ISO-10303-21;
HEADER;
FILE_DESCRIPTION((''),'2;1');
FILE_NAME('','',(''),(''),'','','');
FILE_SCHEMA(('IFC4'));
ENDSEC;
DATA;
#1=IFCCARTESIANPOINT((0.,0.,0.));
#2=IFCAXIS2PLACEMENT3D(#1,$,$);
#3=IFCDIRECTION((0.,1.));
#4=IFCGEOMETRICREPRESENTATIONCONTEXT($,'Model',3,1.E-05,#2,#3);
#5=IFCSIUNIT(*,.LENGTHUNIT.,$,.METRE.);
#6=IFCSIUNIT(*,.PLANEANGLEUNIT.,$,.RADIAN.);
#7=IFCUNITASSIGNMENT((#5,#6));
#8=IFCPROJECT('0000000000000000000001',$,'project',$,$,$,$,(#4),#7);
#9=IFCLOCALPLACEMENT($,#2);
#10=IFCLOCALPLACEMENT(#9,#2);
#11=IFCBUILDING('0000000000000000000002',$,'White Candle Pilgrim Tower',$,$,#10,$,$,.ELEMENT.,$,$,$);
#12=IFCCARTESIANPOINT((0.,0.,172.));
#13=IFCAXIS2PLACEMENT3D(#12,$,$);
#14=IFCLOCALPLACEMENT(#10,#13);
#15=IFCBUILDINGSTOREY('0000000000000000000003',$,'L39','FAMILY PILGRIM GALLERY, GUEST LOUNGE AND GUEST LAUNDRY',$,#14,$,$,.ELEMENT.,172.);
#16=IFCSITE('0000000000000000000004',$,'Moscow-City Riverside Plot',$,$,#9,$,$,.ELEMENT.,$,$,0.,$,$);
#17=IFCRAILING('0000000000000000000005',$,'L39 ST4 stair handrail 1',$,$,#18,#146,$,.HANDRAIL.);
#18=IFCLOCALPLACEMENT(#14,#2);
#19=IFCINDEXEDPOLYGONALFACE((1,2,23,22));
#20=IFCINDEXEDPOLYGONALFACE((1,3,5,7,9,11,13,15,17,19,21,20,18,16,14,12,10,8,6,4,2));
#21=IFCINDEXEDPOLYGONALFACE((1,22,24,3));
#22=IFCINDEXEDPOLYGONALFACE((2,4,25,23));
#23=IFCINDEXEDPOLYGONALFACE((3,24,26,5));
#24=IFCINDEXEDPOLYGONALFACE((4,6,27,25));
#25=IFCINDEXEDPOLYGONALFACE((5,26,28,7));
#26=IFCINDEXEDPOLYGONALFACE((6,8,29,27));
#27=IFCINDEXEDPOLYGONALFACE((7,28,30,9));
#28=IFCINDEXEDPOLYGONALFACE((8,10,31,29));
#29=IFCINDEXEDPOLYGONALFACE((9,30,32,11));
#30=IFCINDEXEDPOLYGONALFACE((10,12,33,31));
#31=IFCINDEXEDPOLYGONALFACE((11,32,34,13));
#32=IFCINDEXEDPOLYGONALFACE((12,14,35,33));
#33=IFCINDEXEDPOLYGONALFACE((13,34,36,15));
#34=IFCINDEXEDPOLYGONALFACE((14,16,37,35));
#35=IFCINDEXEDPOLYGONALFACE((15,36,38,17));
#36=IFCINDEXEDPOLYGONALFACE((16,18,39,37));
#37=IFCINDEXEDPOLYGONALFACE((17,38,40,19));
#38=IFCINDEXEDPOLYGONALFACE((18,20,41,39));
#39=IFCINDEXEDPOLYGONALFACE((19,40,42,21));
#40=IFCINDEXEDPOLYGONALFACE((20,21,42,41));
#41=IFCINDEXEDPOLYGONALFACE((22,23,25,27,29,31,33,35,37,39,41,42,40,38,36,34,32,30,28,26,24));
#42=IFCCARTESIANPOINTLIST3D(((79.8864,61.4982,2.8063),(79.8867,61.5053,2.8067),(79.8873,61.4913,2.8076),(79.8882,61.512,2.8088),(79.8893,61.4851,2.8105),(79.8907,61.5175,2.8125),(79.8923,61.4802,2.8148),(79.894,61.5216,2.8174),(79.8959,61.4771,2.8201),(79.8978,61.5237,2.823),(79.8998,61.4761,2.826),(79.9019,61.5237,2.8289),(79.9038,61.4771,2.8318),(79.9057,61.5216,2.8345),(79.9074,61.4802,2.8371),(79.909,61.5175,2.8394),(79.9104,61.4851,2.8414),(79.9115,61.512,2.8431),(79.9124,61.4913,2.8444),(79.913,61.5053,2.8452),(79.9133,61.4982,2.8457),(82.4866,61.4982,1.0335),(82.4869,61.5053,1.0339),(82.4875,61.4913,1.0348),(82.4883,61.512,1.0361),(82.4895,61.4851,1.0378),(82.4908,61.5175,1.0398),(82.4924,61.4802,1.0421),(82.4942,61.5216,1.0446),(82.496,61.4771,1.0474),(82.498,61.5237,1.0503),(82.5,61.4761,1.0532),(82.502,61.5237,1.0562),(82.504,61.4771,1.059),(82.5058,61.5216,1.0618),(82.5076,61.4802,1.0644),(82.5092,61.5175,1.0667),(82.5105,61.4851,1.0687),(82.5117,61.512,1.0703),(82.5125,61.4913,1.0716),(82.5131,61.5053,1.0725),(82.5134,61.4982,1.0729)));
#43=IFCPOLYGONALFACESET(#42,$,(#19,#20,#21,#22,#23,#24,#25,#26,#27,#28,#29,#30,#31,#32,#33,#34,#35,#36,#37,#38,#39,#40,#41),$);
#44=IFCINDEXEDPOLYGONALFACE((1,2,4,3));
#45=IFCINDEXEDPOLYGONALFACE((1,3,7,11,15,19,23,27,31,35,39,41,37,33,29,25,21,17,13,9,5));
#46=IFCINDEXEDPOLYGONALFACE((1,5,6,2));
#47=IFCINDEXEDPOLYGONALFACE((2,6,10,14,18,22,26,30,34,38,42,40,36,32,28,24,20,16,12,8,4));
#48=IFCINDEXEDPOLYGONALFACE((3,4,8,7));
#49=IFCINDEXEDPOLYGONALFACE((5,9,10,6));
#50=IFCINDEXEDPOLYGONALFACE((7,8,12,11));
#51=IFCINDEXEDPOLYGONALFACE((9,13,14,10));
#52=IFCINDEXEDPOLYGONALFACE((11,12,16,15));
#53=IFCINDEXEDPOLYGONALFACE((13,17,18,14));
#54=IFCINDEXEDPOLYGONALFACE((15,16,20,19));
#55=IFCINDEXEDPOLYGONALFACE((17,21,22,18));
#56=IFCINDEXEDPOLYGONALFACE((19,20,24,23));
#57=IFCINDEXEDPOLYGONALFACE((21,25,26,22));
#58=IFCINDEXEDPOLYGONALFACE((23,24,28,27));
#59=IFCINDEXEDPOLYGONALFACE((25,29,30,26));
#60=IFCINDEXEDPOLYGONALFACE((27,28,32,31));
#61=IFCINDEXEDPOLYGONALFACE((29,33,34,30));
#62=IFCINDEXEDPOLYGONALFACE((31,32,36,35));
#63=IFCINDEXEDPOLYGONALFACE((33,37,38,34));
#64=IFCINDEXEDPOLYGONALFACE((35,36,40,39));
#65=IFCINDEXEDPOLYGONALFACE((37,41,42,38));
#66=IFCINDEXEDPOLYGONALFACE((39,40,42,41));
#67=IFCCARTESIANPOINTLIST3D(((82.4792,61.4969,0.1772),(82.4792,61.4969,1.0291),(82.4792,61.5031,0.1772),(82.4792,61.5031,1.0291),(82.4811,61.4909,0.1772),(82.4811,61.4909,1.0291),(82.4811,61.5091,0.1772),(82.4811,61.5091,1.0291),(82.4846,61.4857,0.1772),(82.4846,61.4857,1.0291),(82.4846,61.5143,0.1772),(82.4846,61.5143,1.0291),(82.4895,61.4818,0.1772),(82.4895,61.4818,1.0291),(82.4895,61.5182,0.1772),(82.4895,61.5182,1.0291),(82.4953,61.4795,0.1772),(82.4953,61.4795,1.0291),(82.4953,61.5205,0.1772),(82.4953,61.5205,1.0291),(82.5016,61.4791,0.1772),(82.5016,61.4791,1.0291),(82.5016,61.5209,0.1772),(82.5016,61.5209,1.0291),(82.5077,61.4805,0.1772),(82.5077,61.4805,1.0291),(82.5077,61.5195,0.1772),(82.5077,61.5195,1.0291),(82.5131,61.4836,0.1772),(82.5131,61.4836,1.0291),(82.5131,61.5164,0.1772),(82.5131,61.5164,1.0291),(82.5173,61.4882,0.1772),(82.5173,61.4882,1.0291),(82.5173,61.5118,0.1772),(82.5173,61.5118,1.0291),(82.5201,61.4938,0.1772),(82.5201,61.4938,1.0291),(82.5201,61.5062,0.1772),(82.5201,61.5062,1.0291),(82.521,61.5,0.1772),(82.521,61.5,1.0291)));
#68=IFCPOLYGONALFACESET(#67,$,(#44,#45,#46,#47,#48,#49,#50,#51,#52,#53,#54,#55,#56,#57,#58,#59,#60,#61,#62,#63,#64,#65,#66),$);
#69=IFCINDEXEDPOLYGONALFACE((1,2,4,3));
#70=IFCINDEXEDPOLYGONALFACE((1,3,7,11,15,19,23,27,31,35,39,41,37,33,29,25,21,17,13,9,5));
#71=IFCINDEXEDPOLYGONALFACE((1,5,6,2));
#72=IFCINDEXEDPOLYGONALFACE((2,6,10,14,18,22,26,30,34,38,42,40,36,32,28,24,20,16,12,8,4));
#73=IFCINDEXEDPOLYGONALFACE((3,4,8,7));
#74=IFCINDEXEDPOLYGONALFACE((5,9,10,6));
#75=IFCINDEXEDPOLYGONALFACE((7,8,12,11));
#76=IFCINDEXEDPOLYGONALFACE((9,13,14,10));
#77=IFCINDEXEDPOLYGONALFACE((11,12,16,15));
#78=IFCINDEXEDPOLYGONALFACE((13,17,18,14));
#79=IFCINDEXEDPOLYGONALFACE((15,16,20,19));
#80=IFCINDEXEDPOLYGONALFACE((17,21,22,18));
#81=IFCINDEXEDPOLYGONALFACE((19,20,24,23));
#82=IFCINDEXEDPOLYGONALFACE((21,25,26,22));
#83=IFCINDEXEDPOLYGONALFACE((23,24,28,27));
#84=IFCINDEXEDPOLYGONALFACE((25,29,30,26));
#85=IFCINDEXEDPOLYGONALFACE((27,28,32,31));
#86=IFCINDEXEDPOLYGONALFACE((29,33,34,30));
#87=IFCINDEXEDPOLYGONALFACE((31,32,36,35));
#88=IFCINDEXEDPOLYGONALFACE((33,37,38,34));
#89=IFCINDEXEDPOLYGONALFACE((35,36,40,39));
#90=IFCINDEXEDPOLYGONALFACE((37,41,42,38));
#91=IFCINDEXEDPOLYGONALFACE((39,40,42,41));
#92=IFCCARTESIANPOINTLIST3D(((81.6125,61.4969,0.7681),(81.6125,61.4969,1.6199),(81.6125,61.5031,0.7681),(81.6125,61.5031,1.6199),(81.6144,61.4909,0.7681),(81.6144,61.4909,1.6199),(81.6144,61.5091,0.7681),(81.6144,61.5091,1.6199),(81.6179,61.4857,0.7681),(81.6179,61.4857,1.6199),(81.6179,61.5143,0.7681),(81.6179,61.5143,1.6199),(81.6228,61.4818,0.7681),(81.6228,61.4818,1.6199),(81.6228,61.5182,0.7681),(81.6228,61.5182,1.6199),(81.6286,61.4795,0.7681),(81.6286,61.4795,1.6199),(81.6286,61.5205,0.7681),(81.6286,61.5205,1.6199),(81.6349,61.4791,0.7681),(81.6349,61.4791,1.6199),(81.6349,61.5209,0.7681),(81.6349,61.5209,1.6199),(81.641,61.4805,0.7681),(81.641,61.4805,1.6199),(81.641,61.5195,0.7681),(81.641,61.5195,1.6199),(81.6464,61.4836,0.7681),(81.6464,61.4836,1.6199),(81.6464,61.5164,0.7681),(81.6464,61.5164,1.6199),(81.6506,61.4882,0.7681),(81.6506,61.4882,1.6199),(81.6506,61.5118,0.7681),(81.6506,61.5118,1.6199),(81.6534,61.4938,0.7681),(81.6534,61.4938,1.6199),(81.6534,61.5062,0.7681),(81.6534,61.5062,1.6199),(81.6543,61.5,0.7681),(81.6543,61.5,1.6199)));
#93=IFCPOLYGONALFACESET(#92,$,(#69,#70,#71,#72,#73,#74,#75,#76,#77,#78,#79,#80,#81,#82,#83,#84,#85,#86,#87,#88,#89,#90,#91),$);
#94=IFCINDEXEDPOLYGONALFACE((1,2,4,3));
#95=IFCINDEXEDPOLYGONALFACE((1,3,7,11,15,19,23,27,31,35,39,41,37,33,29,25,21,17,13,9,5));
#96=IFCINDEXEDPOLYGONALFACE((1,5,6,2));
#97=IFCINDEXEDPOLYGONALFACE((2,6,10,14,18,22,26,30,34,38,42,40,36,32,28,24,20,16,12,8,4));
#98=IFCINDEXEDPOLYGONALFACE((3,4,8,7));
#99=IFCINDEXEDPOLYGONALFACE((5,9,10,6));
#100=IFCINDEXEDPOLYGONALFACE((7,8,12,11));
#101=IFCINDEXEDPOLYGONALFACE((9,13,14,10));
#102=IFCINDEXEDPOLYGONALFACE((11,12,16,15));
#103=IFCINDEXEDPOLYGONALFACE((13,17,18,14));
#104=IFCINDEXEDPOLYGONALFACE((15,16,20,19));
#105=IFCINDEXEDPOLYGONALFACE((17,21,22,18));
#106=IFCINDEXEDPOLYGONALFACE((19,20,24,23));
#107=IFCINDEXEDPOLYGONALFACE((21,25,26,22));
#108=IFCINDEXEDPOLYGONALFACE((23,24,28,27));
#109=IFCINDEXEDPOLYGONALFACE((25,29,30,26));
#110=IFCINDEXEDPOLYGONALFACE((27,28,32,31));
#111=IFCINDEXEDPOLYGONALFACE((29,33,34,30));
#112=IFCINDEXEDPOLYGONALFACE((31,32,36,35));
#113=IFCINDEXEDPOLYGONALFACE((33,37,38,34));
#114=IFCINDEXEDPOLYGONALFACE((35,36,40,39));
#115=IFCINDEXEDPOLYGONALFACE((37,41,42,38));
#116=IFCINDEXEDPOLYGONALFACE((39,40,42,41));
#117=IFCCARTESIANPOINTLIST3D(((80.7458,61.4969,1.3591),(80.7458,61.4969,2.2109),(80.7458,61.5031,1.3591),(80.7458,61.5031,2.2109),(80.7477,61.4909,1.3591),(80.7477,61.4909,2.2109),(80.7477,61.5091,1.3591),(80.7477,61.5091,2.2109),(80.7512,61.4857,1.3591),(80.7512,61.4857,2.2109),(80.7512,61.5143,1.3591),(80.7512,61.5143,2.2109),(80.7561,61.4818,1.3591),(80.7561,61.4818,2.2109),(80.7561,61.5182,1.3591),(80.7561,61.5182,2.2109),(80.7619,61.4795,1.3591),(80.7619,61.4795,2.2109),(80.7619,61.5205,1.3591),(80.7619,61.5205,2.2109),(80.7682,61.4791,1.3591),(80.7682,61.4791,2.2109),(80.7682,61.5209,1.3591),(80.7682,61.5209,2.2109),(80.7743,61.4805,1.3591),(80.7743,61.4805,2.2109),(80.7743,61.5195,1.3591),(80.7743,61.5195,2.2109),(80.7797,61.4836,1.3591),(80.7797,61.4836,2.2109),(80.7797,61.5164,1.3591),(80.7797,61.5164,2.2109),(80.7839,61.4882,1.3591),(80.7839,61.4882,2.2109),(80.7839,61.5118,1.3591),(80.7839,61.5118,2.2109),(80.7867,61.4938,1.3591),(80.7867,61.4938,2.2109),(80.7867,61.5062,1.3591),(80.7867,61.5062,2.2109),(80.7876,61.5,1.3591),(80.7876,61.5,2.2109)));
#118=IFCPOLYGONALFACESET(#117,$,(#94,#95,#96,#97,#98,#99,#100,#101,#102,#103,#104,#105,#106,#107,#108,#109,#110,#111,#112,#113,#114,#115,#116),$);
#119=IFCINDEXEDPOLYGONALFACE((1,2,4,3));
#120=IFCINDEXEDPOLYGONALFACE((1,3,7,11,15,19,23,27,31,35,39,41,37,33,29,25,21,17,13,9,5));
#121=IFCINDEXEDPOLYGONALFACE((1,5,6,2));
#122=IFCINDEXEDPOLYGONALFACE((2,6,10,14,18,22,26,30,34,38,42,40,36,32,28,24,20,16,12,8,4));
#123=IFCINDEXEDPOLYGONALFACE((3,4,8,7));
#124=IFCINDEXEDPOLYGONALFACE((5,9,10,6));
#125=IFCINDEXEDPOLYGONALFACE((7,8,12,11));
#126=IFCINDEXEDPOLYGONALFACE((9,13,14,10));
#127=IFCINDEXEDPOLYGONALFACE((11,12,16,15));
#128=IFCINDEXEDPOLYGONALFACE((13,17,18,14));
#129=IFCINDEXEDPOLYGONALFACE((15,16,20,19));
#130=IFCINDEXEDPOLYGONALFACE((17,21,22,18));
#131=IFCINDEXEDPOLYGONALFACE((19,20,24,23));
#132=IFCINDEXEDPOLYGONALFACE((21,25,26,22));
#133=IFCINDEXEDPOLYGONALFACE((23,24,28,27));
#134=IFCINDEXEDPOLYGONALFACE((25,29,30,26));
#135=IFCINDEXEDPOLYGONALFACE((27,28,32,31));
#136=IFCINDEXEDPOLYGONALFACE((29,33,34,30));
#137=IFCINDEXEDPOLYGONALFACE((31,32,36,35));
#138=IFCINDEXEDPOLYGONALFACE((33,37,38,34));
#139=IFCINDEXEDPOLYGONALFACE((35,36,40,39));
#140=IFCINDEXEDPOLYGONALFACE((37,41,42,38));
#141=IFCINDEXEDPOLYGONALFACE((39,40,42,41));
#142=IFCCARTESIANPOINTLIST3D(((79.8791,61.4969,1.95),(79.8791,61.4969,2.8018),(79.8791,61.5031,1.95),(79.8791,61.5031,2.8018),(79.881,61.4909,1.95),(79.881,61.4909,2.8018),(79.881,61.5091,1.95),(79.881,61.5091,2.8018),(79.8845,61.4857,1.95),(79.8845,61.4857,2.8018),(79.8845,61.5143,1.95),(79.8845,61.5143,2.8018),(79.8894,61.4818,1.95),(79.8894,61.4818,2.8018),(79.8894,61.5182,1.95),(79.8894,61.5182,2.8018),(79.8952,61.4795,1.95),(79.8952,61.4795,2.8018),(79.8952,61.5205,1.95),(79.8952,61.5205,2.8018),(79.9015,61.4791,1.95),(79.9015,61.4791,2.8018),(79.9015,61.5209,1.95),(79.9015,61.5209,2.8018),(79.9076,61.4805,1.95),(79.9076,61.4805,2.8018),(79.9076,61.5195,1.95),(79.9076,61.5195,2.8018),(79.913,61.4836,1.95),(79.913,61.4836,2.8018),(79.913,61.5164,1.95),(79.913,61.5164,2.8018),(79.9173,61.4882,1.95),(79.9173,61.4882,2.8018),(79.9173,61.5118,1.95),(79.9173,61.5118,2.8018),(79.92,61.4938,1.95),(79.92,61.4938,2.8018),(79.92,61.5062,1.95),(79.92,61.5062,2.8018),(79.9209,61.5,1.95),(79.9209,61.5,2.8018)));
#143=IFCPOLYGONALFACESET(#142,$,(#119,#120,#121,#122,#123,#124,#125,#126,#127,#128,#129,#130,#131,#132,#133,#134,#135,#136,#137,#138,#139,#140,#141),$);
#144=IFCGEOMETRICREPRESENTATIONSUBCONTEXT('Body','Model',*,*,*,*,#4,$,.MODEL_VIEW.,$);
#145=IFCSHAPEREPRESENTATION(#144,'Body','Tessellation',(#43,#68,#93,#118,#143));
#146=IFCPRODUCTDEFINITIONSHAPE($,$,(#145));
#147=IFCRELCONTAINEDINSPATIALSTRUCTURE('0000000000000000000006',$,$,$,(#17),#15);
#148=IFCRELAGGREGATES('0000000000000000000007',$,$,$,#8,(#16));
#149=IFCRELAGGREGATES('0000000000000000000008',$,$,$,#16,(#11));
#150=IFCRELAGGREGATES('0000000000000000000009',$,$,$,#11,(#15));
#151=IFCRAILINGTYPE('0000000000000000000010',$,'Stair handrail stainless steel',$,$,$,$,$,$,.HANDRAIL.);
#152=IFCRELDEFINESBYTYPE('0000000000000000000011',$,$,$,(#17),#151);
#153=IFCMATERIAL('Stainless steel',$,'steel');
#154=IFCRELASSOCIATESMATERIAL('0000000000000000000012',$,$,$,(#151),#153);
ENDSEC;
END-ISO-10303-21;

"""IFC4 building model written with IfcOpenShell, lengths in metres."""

from ifc_helpers import new_model, si_unit, direction, frame, origin, origin_2d, place, context, subcontext, project, spatial, circle, extrude, material, type_object, element, save


model = new_model("IFC4")

# Units and contexts
model_context = context("Model", 3, precision=1e-05, world=origin(), true_north=direction((0.0, 1.0)))
body_context = subcontext(model_context, "Body", "Model", "MODEL_VIEW")
ifc_project = project(units=[si_unit("LENGTHUNIT", "METRE"), si_unit("PLANEANGLEUNIT", "RADIAN")], contexts=[model_context])

# Site, building, storey
site_placement = place(None, origin())
site = spatial("IfcSite", under=ifc_project, at=site_placement, Name="Moscow-City Riverside Plot", CompositionType="ELEMENT", RefElevation=0.0)
building_placement = place(site_placement, origin())
building = spatial("IfcBuilding", under=site, at=building_placement, Name="White Candle Pilgrim Tower", CompositionType="ELEMENT")
storey_placement = place(building_placement, frame((0.0, 0.0, 172.0)))
storey = spatial("IfcBuildingStorey", under=building, at=storey_placement, Name="L39", Description="FAMILY PILGRIM GALLERY, GUEST LOUNGE AND GUEST LAUNDRY", CompositionType="ELEMENT", Elevation=172.0)

# Railing
ifc_material_1 = material(Name="Stainless steel", Category="steel")
railing_type_1 = type_object("IfcRailingType", Name="Stair handrail stainless steel", PredefinedType="HANDRAIL", material=ifc_material_1)
railing_1_placement = place(storey_placement, frame((82.5, 61.5, 0.1772)))
element("IfcRailing", 1, at=railing_1_placement, inside=storey, type_object=railing_type_1, Name="L39 ST4 stair handrail 1", PredefinedType="HANDRAIL", context=body_context, shape_type="SweptSolid", body=[
    extrude(circle(Radius=0.0239, at=origin_2d()), frame((0.0, 0.0, 0.876), z_axis=(-0.82624, 0.0, 0.563318), x_axis=(0.0, -1.0, 0.0)), (0.0, 0.0, 1.0), 3.147),
    extrude(circle(Radius=0.021, at=origin_2d()), origin(), (0.0, 0.0, 1.0), 0.8518),
    extrude(circle(Radius=0.021, at=origin_2d()), frame((-0.8667, 0.0, 0.5908)), (0.0, 0.0, 1.0), 0.8518),
    extrude(circle(Radius=0.021, at=origin_2d()), frame((-1.7334, 0.0, 1.1819)), (0.0, 0.0, 1.0), 0.8518),
    extrude(circle(Radius=0.021, at=origin_2d()), frame((-2.6001, 0.0, 1.7727)), (0.0, 0.0, 1.0), 0.8518),
])

save(model, "model.ifc")
